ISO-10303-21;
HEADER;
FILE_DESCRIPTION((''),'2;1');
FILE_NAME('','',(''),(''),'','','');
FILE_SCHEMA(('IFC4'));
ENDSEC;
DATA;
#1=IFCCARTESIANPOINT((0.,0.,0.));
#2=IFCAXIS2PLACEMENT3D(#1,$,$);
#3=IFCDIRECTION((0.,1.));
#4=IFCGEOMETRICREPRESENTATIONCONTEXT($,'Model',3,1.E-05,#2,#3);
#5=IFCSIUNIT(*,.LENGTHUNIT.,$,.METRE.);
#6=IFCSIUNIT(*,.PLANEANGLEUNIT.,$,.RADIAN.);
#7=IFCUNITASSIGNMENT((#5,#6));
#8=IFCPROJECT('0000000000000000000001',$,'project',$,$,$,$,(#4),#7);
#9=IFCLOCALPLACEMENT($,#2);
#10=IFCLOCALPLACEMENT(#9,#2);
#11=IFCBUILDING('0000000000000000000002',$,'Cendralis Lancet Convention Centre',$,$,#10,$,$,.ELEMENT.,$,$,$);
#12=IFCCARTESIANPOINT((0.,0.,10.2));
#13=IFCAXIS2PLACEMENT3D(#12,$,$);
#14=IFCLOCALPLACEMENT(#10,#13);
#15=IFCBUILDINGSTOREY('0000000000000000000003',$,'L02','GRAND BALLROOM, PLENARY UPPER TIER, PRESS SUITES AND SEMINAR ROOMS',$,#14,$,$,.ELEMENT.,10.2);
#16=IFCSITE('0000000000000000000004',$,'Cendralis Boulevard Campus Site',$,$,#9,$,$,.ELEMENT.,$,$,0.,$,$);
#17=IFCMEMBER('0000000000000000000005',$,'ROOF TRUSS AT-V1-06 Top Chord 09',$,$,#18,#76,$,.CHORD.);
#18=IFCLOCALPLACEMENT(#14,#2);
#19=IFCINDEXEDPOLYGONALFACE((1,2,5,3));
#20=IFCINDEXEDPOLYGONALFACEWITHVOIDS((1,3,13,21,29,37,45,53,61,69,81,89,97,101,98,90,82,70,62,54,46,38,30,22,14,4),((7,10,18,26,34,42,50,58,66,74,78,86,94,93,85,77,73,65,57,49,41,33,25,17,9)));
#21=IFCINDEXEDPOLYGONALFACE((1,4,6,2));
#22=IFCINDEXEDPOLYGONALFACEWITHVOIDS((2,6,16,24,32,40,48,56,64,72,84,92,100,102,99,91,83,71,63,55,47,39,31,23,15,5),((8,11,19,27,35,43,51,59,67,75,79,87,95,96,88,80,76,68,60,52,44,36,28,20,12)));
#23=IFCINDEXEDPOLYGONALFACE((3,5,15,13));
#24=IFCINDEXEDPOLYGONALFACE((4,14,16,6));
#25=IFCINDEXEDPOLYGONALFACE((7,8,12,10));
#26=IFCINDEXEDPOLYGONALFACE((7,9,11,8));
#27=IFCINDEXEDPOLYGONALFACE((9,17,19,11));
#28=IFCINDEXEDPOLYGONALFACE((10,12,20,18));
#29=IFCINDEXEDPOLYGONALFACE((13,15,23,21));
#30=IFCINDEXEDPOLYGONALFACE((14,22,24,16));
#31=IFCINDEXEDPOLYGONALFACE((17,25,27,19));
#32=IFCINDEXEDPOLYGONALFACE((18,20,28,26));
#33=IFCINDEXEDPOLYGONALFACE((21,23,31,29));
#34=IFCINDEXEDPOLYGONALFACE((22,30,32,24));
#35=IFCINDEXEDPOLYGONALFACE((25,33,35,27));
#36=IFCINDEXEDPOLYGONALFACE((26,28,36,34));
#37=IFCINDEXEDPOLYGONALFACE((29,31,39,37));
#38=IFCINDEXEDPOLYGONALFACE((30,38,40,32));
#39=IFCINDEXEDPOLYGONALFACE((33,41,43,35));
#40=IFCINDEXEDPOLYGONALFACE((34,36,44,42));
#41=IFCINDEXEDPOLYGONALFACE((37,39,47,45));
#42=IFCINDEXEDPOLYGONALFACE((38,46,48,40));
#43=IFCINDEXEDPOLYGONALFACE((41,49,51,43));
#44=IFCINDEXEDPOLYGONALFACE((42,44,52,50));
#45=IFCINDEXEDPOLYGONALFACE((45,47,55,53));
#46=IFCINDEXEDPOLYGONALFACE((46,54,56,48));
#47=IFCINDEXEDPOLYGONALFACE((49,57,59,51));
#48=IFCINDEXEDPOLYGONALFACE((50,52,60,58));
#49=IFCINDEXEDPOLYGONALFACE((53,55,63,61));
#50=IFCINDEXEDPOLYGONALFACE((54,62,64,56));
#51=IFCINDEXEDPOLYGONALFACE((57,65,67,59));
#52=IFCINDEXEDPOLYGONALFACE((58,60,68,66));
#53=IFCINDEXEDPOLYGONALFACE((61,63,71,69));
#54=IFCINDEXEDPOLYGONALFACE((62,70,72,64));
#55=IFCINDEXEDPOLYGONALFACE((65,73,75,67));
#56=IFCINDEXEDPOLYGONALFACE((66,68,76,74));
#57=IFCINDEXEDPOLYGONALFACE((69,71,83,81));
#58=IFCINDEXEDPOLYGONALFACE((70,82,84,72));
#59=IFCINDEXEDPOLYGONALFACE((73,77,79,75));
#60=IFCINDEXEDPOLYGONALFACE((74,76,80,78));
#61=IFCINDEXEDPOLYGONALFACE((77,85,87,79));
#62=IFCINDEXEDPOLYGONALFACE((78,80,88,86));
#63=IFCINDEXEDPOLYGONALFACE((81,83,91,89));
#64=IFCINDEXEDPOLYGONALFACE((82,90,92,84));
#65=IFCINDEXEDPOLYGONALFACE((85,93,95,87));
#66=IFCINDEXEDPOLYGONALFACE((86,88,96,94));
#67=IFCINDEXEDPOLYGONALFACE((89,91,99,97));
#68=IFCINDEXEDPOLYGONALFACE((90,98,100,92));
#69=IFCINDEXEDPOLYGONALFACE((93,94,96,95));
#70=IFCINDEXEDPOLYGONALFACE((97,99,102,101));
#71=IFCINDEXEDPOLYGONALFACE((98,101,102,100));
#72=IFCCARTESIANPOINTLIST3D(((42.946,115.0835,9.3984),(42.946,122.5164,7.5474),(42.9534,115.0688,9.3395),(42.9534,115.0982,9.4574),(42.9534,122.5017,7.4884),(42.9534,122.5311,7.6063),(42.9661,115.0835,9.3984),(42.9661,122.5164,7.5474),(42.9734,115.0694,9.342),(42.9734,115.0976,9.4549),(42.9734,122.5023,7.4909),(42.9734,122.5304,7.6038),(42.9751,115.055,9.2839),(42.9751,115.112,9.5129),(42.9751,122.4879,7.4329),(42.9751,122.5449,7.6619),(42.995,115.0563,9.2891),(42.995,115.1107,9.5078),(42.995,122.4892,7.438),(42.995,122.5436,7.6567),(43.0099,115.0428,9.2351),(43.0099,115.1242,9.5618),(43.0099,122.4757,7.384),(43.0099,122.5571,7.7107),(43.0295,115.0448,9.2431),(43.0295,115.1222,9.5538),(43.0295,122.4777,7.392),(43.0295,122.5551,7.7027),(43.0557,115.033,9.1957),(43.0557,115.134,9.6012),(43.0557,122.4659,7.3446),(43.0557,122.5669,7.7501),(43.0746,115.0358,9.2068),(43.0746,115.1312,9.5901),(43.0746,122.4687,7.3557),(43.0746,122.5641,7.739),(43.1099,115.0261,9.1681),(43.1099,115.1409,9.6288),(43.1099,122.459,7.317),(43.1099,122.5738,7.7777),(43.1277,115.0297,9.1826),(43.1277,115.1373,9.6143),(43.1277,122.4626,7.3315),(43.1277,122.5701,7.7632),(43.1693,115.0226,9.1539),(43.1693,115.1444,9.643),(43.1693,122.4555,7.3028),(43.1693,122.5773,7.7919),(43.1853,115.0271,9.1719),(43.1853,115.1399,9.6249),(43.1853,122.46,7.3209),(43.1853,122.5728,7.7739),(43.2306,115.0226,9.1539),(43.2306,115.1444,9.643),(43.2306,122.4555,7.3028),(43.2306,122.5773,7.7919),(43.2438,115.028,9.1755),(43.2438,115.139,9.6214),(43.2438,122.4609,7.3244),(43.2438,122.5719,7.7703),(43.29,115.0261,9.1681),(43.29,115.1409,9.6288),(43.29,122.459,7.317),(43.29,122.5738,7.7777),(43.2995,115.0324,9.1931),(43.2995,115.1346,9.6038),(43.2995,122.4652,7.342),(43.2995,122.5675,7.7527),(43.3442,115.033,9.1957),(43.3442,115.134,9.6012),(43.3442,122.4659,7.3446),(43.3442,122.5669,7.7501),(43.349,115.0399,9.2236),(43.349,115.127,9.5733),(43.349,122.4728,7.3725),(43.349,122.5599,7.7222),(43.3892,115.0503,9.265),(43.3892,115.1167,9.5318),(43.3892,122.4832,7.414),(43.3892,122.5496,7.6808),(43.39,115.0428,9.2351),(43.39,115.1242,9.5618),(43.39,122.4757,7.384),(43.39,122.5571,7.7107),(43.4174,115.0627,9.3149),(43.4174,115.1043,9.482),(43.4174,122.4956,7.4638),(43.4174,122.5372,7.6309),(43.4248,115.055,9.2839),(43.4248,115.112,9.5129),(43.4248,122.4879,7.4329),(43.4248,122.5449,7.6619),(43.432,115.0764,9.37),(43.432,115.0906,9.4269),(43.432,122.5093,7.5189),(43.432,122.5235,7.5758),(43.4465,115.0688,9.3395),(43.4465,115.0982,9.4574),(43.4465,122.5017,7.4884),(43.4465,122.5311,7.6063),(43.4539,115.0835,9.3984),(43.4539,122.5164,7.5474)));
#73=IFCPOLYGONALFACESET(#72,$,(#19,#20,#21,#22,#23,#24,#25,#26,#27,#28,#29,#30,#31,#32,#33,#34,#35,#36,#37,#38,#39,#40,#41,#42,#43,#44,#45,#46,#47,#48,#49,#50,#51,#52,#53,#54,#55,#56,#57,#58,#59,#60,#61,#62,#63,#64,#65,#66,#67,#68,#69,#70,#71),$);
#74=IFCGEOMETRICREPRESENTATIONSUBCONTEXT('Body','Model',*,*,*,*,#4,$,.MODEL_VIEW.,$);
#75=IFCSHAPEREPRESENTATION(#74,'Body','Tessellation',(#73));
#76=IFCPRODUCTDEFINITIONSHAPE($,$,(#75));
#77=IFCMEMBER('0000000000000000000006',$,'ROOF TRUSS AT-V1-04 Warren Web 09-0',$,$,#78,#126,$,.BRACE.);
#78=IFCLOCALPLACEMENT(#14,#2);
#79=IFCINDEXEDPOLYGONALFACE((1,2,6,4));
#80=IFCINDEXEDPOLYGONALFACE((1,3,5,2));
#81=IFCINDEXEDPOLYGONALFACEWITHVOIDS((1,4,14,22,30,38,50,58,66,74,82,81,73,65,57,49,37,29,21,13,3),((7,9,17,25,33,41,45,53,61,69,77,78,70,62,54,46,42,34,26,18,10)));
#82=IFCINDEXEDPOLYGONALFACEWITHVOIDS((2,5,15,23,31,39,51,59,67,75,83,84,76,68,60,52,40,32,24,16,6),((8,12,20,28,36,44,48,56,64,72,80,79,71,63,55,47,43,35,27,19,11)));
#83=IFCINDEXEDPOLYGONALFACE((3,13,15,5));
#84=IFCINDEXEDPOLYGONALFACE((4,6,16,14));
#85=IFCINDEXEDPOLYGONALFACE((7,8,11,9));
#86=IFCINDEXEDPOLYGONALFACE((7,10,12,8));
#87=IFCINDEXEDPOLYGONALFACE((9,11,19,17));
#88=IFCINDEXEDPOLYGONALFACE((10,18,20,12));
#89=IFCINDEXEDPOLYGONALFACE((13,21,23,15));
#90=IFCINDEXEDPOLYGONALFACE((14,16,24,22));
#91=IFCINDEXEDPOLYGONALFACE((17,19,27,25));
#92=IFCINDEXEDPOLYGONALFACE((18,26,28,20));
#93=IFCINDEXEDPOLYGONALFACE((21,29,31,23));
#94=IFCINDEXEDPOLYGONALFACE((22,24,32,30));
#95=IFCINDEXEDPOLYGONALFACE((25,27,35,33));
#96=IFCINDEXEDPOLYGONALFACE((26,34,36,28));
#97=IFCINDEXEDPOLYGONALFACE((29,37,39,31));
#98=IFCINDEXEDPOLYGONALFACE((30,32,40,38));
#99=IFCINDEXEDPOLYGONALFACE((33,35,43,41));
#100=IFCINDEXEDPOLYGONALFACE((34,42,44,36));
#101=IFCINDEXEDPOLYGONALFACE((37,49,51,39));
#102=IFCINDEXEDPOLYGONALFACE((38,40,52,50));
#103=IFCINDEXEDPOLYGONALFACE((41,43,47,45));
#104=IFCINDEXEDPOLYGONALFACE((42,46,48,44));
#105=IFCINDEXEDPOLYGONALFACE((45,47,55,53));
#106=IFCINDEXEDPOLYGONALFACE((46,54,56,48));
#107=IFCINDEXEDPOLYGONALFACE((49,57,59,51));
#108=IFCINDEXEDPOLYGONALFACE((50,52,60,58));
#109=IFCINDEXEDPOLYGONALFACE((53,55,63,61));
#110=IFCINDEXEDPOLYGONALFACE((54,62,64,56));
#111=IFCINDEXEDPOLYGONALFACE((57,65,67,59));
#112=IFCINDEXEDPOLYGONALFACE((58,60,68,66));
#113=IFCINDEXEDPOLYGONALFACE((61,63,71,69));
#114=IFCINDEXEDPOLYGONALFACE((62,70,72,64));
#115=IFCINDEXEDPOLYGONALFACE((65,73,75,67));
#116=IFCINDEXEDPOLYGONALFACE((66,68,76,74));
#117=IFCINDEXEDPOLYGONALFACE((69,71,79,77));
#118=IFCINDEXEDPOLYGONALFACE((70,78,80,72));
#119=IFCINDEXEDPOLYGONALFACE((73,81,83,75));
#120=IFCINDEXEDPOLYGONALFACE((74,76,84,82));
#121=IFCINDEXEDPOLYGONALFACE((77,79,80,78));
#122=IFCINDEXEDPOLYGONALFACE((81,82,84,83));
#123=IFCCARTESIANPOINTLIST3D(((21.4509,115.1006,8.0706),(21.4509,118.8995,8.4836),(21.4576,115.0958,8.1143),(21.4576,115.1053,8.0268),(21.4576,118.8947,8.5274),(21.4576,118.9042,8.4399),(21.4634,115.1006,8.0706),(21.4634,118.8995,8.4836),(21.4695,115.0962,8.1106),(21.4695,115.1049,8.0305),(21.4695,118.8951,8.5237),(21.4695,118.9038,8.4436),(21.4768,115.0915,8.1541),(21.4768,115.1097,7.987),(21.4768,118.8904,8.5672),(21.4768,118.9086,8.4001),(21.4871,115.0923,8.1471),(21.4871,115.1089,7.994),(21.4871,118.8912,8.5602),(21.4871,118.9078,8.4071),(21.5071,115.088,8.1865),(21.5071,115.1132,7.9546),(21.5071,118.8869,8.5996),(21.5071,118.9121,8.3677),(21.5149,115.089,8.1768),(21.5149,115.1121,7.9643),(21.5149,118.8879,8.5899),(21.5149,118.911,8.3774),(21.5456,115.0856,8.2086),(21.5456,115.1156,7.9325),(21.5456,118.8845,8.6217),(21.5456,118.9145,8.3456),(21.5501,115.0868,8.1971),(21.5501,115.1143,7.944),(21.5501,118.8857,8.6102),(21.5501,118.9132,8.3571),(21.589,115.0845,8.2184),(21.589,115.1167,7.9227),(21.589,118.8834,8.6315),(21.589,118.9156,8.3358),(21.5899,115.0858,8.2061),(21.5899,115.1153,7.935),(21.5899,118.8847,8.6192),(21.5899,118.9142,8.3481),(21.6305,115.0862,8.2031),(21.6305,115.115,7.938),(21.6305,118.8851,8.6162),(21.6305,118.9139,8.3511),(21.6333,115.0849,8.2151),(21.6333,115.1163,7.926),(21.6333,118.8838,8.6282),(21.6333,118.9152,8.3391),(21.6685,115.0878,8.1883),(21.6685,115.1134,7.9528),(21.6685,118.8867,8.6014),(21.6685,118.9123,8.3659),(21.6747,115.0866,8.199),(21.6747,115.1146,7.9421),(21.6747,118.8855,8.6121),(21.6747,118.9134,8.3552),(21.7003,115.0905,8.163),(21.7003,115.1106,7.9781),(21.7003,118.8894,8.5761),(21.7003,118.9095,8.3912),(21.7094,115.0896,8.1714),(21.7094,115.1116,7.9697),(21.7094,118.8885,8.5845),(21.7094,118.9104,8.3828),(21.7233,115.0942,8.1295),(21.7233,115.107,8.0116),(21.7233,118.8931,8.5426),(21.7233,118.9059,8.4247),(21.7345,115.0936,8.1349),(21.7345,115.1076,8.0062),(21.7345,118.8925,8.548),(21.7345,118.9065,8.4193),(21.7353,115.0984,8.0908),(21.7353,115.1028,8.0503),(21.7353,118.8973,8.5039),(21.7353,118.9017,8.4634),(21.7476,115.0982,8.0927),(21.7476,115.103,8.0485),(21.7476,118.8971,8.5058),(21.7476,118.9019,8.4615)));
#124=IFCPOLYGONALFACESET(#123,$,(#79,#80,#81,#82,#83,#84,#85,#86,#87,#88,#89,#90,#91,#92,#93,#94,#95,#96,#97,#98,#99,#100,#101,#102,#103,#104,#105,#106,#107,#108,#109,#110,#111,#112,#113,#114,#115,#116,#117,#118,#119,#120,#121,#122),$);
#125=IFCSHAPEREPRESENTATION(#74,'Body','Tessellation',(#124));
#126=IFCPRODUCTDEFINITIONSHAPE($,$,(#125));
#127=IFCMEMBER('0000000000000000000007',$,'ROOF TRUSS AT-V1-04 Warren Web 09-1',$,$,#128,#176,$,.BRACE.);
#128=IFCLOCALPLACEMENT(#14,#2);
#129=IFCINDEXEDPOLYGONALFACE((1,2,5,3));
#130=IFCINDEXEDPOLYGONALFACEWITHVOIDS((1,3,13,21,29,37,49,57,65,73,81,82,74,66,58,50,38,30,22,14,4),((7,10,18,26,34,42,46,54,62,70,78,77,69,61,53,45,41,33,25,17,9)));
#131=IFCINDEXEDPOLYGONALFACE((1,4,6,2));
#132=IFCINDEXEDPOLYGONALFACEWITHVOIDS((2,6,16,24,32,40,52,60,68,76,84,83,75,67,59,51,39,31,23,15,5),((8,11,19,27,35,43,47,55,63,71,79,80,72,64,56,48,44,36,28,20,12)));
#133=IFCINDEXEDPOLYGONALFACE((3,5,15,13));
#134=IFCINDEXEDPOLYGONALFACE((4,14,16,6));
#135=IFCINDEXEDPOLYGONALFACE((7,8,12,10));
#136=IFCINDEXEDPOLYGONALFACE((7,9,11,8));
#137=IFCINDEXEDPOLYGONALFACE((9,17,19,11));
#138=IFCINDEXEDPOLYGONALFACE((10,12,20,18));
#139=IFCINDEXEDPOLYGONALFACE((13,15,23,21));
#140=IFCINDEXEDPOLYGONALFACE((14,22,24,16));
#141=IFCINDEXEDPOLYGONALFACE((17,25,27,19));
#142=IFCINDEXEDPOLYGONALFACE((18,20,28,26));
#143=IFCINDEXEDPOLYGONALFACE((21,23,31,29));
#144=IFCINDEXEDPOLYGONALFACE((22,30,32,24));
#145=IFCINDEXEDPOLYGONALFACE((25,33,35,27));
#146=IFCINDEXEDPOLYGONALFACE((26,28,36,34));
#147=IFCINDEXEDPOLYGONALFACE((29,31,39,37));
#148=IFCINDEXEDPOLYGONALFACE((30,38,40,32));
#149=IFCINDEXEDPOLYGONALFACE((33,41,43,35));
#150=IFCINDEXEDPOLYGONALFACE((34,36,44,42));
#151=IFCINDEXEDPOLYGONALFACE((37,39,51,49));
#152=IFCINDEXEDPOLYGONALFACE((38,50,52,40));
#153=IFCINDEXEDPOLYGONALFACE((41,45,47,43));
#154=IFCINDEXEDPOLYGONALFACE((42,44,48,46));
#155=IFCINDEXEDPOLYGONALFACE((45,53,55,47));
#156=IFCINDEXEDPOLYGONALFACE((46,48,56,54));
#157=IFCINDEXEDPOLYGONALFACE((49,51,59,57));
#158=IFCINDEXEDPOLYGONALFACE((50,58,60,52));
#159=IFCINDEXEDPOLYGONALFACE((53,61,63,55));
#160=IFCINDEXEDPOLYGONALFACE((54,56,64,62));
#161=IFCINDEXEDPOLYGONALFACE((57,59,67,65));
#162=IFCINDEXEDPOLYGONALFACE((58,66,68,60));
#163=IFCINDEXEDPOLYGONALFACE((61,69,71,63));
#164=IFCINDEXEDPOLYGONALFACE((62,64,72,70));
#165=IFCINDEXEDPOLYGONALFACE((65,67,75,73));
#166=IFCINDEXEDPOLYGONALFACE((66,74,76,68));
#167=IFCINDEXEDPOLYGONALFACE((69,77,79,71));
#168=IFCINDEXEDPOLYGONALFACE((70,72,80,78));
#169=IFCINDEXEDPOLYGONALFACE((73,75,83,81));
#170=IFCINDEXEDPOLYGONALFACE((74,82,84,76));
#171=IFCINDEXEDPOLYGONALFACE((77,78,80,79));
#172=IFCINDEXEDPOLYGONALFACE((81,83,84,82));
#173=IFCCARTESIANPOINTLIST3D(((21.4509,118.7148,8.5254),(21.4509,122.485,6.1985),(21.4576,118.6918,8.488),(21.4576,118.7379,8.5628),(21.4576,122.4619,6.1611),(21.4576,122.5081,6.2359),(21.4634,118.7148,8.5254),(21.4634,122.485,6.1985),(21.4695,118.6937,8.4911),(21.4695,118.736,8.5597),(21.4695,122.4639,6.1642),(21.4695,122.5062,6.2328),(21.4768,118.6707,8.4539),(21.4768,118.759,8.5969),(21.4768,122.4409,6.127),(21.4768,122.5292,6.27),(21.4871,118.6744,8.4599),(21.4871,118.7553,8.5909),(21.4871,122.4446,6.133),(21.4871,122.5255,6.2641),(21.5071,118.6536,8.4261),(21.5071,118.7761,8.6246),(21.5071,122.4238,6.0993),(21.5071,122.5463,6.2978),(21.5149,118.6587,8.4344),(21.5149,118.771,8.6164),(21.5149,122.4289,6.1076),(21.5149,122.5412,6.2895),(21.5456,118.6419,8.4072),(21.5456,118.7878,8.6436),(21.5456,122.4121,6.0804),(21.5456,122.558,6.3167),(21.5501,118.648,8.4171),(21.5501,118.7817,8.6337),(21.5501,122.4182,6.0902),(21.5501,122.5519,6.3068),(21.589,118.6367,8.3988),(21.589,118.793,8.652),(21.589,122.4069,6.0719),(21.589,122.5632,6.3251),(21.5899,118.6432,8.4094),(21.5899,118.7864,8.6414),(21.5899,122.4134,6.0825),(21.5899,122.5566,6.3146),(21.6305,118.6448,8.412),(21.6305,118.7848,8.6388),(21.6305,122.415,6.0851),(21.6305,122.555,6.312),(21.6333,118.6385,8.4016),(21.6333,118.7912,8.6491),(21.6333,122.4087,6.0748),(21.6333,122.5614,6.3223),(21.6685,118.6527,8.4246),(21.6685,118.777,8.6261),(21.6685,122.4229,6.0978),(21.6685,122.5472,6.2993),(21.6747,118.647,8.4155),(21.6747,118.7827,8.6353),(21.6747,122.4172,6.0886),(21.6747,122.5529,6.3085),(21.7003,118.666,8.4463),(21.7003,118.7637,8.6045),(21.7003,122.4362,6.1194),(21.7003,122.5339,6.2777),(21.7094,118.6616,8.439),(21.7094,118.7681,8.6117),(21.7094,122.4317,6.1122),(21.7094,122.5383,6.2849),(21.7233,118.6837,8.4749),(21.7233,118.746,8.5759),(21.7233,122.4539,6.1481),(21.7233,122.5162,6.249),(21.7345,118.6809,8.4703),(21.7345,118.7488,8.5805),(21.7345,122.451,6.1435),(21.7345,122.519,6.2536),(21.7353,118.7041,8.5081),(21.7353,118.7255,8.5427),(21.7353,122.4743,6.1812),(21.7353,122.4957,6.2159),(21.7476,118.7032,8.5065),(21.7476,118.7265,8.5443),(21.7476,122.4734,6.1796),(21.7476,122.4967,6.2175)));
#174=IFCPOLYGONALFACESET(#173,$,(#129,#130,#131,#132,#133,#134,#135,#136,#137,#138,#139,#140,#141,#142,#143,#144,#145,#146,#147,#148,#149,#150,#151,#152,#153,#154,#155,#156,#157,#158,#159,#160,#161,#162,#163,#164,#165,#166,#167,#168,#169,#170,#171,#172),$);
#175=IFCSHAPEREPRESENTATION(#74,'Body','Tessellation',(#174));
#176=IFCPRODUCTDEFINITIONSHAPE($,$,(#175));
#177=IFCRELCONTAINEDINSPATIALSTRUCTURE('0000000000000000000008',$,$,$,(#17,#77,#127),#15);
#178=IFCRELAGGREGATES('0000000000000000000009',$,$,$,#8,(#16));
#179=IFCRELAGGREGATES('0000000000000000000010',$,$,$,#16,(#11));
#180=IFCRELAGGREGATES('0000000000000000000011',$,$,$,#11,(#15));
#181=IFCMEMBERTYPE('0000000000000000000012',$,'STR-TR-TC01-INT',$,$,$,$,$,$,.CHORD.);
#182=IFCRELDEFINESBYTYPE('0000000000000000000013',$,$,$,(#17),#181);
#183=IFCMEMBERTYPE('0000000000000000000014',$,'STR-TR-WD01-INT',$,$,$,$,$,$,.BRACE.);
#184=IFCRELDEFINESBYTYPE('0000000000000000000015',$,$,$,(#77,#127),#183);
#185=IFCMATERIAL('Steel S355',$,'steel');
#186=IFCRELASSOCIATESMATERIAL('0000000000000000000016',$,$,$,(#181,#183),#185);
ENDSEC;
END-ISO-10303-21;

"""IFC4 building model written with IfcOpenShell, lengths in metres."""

from ifc_helpers import new_model, si_unit, direction, frame, origin, origin_2d, place, context, subcontext, project, spatial, hollow_circle, extrude, material, material_profile, profile_set, type_object, element, save


model = new_model("IFC4")

# Units and contexts
model_context = context("Model", 3, precision=1e-05, world=origin(), true_north=direction((0.0, 1.0)))
body_context = subcontext(model_context, "Body", "Model", "MODEL_VIEW")
ifc_project = project(units=[si_unit("LENGTHUNIT", "METRE"), si_unit("PLANEANGLEUNIT", "RADIAN")], contexts=[model_context])

# Site, building, storey
site_placement = place(None, origin())
site = spatial("IfcSite", under=ifc_project, at=site_placement, Name="Cendralis Boulevard Campus Site", CompositionType="ELEMENT", RefElevation=0.0)
building_placement = place(site_placement, origin())
building = spatial("IfcBuilding", under=site, at=building_placement, Name="Cendralis Lancet Convention Centre", CompositionType="ELEMENT")
storey_placement = place(building_placement, frame((0.0, 0.0, 10.2)))
storey = spatial("IfcBuildingStorey", under=building, at=storey_placement, Name="L02", Description="GRAND BALLROOM, PLENARY UPPER TIER, PRESS SUITES AND SEMINAR ROOMS", CompositionType="ELEMENT", Elevation=10.2)

# Members
ifc_material = material(Name="Steel S355", Category="steel")
ifc_material_profile_1 = material_profile(ifc_material, hollow_circle(Radius=0.2539, WallThickness=0.02, at=origin_2d()), Name="CHS 508.0x20.0")
ifc_profile_set_1 = profile_set([ifc_material_profile_1], Name="Steel S355")
member_type_1 = type_object("IfcMemberType", Name="STR-TR-TC01-INT", PredefinedType="CHORD", material=ifc_profile_set_1)
for number, where, z_axis, x_axis, name in (
    (1, (43.2, 115.0835, 9.3984), (0.0, 0.970361, -0.241658), (-1.0, 0.0, 0.0), "ROOF TRUSS AT-V1-06 Top Chord 09"),
):
    element("IfcMember", number, at=place(storey_placement, frame(where, z_axis=z_axis, x_axis=x_axis)), inside=storey, type_object=member_type_1, Name=name, PredefinedType="CHORD", context=body_context, shape_type="SweptSolid", body=[
        extrude(hollow_circle(Radius=0.2539, WallThickness=0.02, at=origin_2d()), origin(), (0.0, 0.0, 1.0), 7.6599),
    ])
ifc_material_profile_2 = material_profile(ifc_material, hollow_circle(Radius=0.1492, WallThickness=0.0125, at=origin_2d()), Name="CHS 298.5x12.5")
ifc_profile_set_2 = profile_set([ifc_material_profile_2], Name="Steel S355")
member_type_2 = type_object("IfcMemberType", Name="STR-TR-WD01-INT", PredefinedType="BRACE", material=ifc_profile_set_2)
member_1_placement = place(storey_placement, frame((21.6001, 115.1006, 8.0706), z_axis=(0.0, 0.99414, 0.108103), x_axis=(-1.0, 0.0, 0.0)))
element("IfcMember", 2, at=member_1_placement, inside=storey, type_object=member_type_2, Name="ROOF TRUSS AT-V1-04 Warren Web 09-0", PredefinedType="BRACE", context=body_context, shape_type="SweptSolid", body=[
    extrude(hollow_circle(Radius=0.1492, WallThickness=0.0125, at=origin_2d()), origin(), (0.0, 0.0, 1.0), 3.8213),
])
member_2_placement = place(storey_placement, frame((21.6001, 118.7148, 8.5254), z_axis=(0.0, 0.850978, -0.525201), x_axis=(-1.0, 0.0, 0.0)))
element("IfcMember", 3, at=member_2_placement, inside=storey, type_object=member_type_2, Name="ROOF TRUSS AT-V1-04 Warren Web 09-1", PredefinedType="BRACE", context=body_context, shape_type="SweptSolid", body=[
    extrude(hollow_circle(Radius=0.1492, WallThickness=0.0125, at=origin_2d()), origin(), (0.0, 0.0, 1.0), 4.4304),
])

save(model, "model.ifc")
